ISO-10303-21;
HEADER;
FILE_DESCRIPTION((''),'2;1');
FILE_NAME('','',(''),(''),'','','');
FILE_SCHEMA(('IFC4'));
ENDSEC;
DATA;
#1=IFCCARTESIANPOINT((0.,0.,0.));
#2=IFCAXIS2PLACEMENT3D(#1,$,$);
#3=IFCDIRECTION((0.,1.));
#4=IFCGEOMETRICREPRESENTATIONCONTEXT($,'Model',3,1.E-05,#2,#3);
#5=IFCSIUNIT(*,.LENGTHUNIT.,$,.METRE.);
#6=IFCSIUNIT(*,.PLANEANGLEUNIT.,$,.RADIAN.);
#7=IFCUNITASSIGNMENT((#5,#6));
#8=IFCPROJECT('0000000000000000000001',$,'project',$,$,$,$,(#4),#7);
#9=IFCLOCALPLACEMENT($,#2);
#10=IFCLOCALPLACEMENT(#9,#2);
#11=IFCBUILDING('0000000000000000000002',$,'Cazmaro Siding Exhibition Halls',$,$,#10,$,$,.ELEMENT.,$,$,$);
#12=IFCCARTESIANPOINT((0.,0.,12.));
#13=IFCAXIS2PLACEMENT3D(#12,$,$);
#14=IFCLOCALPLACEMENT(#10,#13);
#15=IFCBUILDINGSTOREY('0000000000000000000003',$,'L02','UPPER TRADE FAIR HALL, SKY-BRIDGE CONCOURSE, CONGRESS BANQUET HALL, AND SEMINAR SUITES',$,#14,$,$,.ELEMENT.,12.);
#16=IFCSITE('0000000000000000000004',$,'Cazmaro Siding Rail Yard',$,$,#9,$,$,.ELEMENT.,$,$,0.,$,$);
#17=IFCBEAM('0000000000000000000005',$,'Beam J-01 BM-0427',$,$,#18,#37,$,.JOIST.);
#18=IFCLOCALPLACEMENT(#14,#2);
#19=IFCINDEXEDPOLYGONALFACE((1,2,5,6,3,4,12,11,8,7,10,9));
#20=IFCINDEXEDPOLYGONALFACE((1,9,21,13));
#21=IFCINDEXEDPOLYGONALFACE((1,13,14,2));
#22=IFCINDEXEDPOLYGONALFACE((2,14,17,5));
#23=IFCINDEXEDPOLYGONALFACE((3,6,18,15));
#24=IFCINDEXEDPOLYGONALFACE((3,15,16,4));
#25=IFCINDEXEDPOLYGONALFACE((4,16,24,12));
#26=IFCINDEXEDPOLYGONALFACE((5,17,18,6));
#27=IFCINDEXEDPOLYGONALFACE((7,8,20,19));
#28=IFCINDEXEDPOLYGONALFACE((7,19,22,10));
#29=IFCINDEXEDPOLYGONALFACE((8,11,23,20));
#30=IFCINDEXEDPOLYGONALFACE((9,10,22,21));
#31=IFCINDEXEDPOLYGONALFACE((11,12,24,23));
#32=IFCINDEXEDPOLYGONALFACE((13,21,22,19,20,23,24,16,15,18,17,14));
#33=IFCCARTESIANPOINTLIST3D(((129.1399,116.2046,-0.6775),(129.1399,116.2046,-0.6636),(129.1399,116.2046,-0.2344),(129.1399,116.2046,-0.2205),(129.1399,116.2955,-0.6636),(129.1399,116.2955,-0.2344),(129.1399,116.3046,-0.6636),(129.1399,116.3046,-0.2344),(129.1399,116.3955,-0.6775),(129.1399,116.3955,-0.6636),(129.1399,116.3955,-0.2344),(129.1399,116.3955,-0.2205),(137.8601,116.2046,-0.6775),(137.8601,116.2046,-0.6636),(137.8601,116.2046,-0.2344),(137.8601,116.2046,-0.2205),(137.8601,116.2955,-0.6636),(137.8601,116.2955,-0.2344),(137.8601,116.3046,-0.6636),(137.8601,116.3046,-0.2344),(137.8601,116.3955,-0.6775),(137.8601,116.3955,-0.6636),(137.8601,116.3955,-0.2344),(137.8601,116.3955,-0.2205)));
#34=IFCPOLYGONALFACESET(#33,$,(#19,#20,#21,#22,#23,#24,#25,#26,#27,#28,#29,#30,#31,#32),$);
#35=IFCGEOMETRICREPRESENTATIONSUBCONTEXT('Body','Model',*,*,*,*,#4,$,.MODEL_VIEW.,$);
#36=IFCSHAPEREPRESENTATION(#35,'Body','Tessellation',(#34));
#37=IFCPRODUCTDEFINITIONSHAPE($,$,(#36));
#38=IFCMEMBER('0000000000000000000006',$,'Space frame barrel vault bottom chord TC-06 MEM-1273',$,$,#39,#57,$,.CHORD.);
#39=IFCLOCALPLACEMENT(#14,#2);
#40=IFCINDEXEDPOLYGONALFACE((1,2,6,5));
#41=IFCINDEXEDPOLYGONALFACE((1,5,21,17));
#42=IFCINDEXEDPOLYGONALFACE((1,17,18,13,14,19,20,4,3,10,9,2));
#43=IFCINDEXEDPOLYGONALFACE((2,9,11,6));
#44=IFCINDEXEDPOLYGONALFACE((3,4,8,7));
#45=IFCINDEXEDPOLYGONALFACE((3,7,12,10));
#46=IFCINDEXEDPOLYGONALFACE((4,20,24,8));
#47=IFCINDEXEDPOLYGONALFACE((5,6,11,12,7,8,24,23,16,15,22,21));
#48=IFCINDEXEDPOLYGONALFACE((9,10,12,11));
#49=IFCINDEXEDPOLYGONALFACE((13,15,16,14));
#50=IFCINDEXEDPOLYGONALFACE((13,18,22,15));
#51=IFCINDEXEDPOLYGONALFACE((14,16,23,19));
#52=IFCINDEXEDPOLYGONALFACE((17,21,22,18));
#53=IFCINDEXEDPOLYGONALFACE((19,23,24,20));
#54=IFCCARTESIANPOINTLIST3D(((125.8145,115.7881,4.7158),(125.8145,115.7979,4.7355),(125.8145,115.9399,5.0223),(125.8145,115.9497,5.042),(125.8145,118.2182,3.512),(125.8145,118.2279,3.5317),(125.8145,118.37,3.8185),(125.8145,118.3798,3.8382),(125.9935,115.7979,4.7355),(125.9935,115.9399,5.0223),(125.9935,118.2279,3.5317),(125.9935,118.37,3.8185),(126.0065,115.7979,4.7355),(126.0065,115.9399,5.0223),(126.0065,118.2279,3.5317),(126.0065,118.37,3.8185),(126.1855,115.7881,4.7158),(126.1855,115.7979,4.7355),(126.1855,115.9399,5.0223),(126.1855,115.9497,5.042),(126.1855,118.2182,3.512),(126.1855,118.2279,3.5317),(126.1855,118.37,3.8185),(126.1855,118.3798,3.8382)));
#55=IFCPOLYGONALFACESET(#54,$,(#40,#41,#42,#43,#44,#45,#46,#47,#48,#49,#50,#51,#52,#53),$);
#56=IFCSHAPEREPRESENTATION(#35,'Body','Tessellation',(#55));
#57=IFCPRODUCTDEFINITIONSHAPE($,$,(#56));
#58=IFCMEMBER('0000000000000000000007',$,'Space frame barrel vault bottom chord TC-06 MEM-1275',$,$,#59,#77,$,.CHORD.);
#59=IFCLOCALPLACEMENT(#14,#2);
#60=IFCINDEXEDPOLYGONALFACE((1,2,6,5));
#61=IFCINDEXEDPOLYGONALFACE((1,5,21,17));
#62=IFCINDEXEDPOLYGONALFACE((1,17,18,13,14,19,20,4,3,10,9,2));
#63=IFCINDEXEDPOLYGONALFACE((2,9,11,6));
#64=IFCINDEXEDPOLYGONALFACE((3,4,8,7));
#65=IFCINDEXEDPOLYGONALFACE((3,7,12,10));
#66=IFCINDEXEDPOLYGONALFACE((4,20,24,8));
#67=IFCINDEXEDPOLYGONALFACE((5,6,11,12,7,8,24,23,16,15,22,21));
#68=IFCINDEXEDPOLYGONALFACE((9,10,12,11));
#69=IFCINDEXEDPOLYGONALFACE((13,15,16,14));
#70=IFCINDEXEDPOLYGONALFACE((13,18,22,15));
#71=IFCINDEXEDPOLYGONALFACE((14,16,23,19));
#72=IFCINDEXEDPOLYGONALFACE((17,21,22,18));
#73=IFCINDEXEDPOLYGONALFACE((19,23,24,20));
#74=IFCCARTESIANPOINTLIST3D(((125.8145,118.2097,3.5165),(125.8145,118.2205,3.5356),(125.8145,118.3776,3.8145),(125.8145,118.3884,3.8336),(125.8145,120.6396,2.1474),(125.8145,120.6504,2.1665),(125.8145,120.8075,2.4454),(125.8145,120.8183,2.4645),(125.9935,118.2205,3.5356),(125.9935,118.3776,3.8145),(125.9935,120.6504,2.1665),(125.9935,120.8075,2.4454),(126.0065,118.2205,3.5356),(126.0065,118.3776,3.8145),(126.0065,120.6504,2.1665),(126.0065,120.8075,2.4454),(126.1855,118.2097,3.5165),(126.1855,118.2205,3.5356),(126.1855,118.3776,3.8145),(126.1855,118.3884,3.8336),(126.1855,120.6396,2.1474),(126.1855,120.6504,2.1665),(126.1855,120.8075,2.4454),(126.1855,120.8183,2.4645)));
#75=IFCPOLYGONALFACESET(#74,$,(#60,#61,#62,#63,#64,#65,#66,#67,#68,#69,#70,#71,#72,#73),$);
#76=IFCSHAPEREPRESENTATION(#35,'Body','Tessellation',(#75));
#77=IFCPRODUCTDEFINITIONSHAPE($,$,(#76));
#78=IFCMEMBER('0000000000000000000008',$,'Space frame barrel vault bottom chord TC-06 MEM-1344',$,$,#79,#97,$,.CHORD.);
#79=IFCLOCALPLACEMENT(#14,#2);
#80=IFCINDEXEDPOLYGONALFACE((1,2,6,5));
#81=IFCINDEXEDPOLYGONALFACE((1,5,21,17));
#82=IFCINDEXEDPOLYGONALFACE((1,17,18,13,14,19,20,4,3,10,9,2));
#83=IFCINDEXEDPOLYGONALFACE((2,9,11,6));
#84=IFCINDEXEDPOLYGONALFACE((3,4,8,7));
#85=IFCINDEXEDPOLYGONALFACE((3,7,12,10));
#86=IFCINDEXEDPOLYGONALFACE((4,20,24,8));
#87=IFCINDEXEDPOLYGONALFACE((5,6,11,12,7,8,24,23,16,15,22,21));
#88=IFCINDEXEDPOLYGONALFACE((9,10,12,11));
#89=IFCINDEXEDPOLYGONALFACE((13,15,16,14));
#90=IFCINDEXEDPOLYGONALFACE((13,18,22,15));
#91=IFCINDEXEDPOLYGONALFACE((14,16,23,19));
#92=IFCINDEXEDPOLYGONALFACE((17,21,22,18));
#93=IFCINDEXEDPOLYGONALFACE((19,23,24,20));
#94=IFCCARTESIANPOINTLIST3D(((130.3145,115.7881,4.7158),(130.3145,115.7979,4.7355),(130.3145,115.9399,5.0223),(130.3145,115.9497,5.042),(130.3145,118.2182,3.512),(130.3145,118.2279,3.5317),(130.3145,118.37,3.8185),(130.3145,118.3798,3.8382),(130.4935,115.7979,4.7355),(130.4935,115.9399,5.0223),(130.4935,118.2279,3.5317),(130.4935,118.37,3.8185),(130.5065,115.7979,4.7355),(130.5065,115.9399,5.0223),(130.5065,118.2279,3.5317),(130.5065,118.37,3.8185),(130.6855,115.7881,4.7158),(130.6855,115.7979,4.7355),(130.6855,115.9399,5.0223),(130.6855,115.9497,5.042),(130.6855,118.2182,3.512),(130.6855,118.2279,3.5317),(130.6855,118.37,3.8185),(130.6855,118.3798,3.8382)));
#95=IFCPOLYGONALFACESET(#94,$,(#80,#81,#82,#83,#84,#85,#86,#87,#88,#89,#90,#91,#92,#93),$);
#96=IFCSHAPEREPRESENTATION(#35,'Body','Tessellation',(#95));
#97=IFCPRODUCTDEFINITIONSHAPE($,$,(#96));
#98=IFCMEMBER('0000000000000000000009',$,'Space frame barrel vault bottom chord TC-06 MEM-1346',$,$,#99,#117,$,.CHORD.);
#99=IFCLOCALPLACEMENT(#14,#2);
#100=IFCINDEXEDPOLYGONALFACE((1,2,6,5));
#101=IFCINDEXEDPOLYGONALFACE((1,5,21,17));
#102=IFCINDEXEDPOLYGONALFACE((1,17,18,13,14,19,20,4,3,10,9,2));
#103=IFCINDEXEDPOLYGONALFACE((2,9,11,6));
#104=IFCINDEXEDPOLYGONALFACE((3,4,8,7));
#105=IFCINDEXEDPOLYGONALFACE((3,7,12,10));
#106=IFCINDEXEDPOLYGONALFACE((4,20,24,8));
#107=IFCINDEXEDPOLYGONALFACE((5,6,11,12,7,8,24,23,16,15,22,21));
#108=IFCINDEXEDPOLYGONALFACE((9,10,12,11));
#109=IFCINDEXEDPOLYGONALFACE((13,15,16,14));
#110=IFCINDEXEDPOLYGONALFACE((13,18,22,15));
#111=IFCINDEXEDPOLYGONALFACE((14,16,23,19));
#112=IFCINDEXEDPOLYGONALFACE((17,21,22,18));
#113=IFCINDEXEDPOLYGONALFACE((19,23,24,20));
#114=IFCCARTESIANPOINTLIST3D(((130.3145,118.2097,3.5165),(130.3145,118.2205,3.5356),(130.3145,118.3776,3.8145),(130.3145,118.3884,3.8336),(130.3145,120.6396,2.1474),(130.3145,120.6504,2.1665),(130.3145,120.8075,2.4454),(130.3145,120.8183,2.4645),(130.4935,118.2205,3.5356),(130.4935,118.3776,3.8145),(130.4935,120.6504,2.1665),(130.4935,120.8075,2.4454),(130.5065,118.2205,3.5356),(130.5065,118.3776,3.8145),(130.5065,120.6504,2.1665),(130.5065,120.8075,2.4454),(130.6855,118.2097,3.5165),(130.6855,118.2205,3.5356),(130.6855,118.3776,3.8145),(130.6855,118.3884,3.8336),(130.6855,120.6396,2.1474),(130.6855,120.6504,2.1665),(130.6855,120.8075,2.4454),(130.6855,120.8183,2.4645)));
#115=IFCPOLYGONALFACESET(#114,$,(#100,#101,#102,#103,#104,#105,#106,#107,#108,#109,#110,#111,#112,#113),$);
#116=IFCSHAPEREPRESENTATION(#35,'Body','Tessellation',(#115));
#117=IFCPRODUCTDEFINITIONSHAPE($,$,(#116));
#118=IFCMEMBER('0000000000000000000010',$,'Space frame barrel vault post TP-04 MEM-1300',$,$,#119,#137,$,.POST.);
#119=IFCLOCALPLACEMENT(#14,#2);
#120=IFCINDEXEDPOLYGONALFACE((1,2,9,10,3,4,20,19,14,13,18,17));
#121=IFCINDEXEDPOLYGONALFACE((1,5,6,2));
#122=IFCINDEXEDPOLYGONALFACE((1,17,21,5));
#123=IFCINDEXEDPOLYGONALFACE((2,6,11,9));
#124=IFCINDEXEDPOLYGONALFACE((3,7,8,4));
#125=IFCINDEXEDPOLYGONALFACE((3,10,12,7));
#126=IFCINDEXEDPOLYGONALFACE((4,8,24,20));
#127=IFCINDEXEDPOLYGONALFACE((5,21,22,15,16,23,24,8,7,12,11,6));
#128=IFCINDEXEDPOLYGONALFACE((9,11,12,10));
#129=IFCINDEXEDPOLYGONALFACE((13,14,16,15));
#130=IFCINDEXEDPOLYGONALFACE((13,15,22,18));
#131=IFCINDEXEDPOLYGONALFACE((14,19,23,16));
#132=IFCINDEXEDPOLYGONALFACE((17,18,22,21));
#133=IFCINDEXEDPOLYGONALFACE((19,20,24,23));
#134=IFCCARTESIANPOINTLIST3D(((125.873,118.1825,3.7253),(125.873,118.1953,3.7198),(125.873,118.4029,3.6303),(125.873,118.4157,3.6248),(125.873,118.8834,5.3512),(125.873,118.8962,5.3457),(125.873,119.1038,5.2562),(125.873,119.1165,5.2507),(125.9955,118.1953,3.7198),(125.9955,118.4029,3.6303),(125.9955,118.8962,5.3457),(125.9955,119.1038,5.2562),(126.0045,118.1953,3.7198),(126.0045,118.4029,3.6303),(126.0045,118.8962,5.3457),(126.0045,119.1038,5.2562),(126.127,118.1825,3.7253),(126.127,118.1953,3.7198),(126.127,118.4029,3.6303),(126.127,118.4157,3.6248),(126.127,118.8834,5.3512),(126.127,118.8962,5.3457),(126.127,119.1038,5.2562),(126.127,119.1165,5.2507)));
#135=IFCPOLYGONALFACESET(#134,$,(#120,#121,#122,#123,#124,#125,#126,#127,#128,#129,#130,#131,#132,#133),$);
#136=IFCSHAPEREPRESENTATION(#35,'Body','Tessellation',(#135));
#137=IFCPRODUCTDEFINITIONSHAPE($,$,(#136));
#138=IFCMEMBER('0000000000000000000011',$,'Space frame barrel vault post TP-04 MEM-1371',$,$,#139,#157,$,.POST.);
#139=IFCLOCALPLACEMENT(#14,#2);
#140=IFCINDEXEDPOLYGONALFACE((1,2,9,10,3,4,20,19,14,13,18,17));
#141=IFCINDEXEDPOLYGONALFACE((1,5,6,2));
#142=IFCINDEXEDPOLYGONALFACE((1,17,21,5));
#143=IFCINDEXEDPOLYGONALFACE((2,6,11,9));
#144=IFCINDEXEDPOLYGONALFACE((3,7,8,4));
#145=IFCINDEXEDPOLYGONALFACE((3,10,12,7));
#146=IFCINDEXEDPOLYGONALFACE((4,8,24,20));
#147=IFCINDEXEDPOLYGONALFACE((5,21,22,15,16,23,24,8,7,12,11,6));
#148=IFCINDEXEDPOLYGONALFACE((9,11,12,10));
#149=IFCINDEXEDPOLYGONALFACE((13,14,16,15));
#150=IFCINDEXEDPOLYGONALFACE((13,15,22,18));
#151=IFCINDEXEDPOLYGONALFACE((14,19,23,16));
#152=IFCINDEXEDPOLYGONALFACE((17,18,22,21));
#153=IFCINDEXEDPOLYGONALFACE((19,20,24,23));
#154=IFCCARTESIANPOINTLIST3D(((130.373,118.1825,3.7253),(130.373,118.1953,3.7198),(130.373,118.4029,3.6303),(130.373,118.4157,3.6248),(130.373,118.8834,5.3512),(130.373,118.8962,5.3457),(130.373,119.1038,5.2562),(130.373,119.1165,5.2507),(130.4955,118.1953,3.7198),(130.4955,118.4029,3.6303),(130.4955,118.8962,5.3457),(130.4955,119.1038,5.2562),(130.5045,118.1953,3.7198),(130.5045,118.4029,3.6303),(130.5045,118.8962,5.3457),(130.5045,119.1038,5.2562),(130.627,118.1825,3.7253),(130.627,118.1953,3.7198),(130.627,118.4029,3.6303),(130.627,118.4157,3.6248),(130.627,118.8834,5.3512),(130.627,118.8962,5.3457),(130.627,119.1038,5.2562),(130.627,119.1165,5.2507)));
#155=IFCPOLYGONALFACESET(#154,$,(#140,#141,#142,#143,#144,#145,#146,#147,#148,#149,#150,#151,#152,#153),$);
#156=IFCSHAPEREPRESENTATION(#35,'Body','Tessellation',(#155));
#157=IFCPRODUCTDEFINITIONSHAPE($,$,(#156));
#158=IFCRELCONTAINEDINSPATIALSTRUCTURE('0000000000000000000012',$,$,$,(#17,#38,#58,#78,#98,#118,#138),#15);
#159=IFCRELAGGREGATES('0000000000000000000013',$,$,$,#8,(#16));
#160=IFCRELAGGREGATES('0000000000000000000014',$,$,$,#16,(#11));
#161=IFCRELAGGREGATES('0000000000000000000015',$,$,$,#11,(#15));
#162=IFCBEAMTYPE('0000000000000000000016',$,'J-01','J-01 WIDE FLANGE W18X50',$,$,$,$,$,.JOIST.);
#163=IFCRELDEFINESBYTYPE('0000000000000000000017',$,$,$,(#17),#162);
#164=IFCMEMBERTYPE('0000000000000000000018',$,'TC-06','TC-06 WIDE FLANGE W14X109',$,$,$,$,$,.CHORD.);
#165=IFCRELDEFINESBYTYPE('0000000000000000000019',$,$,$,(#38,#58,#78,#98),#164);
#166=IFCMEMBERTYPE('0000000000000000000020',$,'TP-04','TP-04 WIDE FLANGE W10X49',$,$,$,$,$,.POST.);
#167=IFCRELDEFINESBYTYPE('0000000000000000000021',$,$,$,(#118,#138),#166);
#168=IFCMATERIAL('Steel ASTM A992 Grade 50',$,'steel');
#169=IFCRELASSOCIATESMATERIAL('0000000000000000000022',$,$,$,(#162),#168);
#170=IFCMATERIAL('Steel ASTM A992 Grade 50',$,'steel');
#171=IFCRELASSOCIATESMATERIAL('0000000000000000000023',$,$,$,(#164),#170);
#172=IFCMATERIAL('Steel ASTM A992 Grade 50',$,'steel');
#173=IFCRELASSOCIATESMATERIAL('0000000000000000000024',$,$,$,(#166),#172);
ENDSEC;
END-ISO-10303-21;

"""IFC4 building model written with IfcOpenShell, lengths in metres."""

from ifc_helpers import new_model, si_unit, direction, frame, origin, origin_2d, place, context, subcontext, project, spatial, i_section, extrude, material, material_profile, profile_set, type_object, element, save


model = new_model("IFC4")

# Units and contexts
model_context = context("Model", 3, precision=1e-05, world=origin(), true_north=direction((0.0, 1.0)))
body_context = subcontext(model_context, "Body", "Model", "MODEL_VIEW")
ifc_project = project(units=[si_unit("LENGTHUNIT", "METRE"), si_unit("PLANEANGLEUNIT", "RADIAN")], contexts=[model_context])

# Site, building, storey
site_placement = place(None, origin())
site = spatial("IfcSite", under=ifc_project, at=site_placement, Name="Cazmaro Siding Rail Yard", CompositionType="ELEMENT", RefElevation=0.0)
building_placement = place(site_placement, origin())
building = spatial("IfcBuilding", under=site, at=building_placement, Name="Cazmaro Siding Exhibition Halls", CompositionType="ELEMENT")
storey_placement = place(building_placement, frame((0.0, 0.0, 12.0)))
storey = spatial("IfcBuildingStorey", under=building, at=storey_placement, Name="L02", Description="UPPER TRADE FAIR HALL, SKY-BRIDGE CONCOURSE, CONGRESS BANQUET HALL, AND SEMINAR SUITES", CompositionType="ELEMENT", Elevation=12.0)

# Beam
ifc_material_1 = material(Name="Steel ASTM A992 Grade 50", Category="steel")
ifc_material_profile_1 = material_profile(ifc_material_1, i_section(OverallWidth=0.1909, OverallDepth=0.457, WebThickness=0.009, FlangeThickness=0.0139, at=origin_2d()), Name="W18X50")
ifc_profile_set_1 = profile_set([ifc_material_profile_1], Name="Steel ASTM A992 Grade 50")
beam_type = type_object("IfcBeamType", Name="J-01", Description="J-01 WIDE FLANGE W18X50", PredefinedType="JOIST", material=ifc_profile_set_1)
beam_placement = place(storey_placement, frame((129.1399, 116.3, -0.449), z_axis=(1.0, 0.0, 0.0), x_axis=(0.0, 1.0, 0.0)))
element("IfcBeam", 1, at=beam_placement, inside=storey, type_object=beam_type, Name="Beam J-01 BM-0427", PredefinedType="JOIST", context=body_context, shape_type="SweptSolid", body=[
    extrude(i_section(OverallWidth=0.1909, OverallDepth=0.457, WebThickness=0.009, FlangeThickness=0.0139, at=origin_2d()), origin(), (0.0, 0.0, 1.0), 8.7202),
])

# Members
ifc_material_2 = material(Name="Steel ASTM A992 Grade 50", Category="steel")
ifc_material_profile_2 = material_profile(ifc_material_2, i_section(OverallWidth=0.3711, OverallDepth=0.364, WebThickness=0.0129, FlangeThickness=0.022, at=origin_2d()), Name="W14X109")
ifc_profile_set_2 = profile_set([ifc_material_profile_2], Name="Steel ASTM A992 Grade 50")
member_type_1 = type_object("IfcMemberType", Name="TC-06", Description="TC-06 WIDE FLANGE W14X109", PredefinedType="CHORD", material=ifc_profile_set_2)
member_1_placement = place(storey_placement, frame((126.0, 115.8689, 4.8789), z_axis=(0.0, 0.896077, -0.443898), x_axis=(-1.0, 0.0, 0.0)))
element("IfcMember", 2, at=member_1_placement, inside=storey, type_object=member_type_1, Name="Space frame barrel vault bottom chord TC-06 MEM-1273", PredefinedType="CHORD", context=body_context, shape_type="SweptSolid", body=[
    extrude(i_section(OverallWidth=0.3711, OverallDepth=0.364, WebThickness=0.0129, FlangeThickness=0.022, at=origin_2d()), origin(), (0.0, 0.0, 1.0), 2.7119),
])
member_2_placement = place(storey_placement, frame((126.0, 118.2991, 3.675), z_axis=(0.0, 0.871222, -0.490889), x_axis=(-1.0, 0.0, 0.0)))
element("IfcMember", 3, at=member_2_placement, inside=storey, type_object=member_type_1, Name="Space frame barrel vault bottom chord TC-06 MEM-1275", PredefinedType="CHORD", context=body_context, shape_type="SweptSolid", body=[
    extrude(i_section(OverallWidth=0.3711, OverallDepth=0.364, WebThickness=0.0129, FlangeThickness=0.022, at=origin_2d()), origin(), (0.0, 0.0, 1.0), 2.7891),
])
member_3_placement = place(storey_placement, frame((130.5, 115.8689, 4.8789), z_axis=(0.0, 0.896077, -0.443898), x_axis=(-1.0, 0.0, 0.0)))
element("IfcMember", 4, at=member_3_placement, inside=storey, type_object=member_type_1, Name="Space frame barrel vault bottom chord TC-06 MEM-1344", PredefinedType="CHORD", context=body_context, shape_type="SweptSolid", body=[
    extrude(i_section(OverallWidth=0.3711, OverallDepth=0.364, WebThickness=0.0129, FlangeThickness=0.022, at=origin_2d()), origin(), (0.0, 0.0, 1.0), 2.7119),
])
member_4_placement = place(storey_placement, frame((130.5, 118.2991, 3.675), z_axis=(0.0, 0.871222, -0.490889), x_axis=(-1.0, 0.0, 0.0)))
element("IfcMember", 5, at=member_4_placement, inside=storey, type_object=member_type_1, Name="Space frame barrel vault bottom chord TC-06 MEM-1346", PredefinedType="CHORD", context=body_context, shape_type="SweptSolid", body=[
    extrude(i_section(OverallWidth=0.3711, OverallDepth=0.364, WebThickness=0.0129, FlangeThickness=0.022, at=origin_2d()), origin(), (0.0, 0.0, 1.0), 2.7891),
])
ifc_material_3 = material(Name="Steel ASTM A992 Grade 50", Category="steel")
ifc_material_profile_3 = material_profile(ifc_material_3, i_section(OverallWidth=0.2539, OverallDepth=0.2539, WebThickness=0.009, FlangeThickness=0.0139, at=origin_2d()), Name="W10X49")
ifc_profile_set_3 = profile_set([ifc_material_profile_3], Name="Steel ASTM A992 Grade 50")
member_type_2 = type_object("IfcMemberType", Name="TP-04", Description="TP-04 WIDE FLANGE W10X49", PredefinedType="POST", material=ifc_profile_set_3)
for number, where, z_axis, x_axis, name in (
    (6, (126.0, 118.2991, 3.675), (0.0, 0.395865, 0.918309), (-1.0, 0.0, 0.0), "Space frame barrel vault post TP-04 MEM-1300"),
    (7, (130.5, 118.2991, 3.675), (0.0, 0.395865, 0.918309), (-1.0, 0.0, 0.0), "Space frame barrel vault post TP-04 MEM-1371"),
):
    element("IfcMember", number, at=place(storey_placement, frame(where, z_axis=z_axis, x_axis=x_axis)), inside=storey, type_object=member_type_2, Name=name, PredefinedType="POST", context=body_context, shape_type="SweptSolid", body=[
        extrude(i_section(OverallWidth=0.2539, OverallDepth=0.2539, WebThickness=0.009, FlangeThickness=0.0139, at=origin_2d()), origin(), (0.0, 0.0, 1.0), 1.7705),
    ])

save(model, "model.ifc")
